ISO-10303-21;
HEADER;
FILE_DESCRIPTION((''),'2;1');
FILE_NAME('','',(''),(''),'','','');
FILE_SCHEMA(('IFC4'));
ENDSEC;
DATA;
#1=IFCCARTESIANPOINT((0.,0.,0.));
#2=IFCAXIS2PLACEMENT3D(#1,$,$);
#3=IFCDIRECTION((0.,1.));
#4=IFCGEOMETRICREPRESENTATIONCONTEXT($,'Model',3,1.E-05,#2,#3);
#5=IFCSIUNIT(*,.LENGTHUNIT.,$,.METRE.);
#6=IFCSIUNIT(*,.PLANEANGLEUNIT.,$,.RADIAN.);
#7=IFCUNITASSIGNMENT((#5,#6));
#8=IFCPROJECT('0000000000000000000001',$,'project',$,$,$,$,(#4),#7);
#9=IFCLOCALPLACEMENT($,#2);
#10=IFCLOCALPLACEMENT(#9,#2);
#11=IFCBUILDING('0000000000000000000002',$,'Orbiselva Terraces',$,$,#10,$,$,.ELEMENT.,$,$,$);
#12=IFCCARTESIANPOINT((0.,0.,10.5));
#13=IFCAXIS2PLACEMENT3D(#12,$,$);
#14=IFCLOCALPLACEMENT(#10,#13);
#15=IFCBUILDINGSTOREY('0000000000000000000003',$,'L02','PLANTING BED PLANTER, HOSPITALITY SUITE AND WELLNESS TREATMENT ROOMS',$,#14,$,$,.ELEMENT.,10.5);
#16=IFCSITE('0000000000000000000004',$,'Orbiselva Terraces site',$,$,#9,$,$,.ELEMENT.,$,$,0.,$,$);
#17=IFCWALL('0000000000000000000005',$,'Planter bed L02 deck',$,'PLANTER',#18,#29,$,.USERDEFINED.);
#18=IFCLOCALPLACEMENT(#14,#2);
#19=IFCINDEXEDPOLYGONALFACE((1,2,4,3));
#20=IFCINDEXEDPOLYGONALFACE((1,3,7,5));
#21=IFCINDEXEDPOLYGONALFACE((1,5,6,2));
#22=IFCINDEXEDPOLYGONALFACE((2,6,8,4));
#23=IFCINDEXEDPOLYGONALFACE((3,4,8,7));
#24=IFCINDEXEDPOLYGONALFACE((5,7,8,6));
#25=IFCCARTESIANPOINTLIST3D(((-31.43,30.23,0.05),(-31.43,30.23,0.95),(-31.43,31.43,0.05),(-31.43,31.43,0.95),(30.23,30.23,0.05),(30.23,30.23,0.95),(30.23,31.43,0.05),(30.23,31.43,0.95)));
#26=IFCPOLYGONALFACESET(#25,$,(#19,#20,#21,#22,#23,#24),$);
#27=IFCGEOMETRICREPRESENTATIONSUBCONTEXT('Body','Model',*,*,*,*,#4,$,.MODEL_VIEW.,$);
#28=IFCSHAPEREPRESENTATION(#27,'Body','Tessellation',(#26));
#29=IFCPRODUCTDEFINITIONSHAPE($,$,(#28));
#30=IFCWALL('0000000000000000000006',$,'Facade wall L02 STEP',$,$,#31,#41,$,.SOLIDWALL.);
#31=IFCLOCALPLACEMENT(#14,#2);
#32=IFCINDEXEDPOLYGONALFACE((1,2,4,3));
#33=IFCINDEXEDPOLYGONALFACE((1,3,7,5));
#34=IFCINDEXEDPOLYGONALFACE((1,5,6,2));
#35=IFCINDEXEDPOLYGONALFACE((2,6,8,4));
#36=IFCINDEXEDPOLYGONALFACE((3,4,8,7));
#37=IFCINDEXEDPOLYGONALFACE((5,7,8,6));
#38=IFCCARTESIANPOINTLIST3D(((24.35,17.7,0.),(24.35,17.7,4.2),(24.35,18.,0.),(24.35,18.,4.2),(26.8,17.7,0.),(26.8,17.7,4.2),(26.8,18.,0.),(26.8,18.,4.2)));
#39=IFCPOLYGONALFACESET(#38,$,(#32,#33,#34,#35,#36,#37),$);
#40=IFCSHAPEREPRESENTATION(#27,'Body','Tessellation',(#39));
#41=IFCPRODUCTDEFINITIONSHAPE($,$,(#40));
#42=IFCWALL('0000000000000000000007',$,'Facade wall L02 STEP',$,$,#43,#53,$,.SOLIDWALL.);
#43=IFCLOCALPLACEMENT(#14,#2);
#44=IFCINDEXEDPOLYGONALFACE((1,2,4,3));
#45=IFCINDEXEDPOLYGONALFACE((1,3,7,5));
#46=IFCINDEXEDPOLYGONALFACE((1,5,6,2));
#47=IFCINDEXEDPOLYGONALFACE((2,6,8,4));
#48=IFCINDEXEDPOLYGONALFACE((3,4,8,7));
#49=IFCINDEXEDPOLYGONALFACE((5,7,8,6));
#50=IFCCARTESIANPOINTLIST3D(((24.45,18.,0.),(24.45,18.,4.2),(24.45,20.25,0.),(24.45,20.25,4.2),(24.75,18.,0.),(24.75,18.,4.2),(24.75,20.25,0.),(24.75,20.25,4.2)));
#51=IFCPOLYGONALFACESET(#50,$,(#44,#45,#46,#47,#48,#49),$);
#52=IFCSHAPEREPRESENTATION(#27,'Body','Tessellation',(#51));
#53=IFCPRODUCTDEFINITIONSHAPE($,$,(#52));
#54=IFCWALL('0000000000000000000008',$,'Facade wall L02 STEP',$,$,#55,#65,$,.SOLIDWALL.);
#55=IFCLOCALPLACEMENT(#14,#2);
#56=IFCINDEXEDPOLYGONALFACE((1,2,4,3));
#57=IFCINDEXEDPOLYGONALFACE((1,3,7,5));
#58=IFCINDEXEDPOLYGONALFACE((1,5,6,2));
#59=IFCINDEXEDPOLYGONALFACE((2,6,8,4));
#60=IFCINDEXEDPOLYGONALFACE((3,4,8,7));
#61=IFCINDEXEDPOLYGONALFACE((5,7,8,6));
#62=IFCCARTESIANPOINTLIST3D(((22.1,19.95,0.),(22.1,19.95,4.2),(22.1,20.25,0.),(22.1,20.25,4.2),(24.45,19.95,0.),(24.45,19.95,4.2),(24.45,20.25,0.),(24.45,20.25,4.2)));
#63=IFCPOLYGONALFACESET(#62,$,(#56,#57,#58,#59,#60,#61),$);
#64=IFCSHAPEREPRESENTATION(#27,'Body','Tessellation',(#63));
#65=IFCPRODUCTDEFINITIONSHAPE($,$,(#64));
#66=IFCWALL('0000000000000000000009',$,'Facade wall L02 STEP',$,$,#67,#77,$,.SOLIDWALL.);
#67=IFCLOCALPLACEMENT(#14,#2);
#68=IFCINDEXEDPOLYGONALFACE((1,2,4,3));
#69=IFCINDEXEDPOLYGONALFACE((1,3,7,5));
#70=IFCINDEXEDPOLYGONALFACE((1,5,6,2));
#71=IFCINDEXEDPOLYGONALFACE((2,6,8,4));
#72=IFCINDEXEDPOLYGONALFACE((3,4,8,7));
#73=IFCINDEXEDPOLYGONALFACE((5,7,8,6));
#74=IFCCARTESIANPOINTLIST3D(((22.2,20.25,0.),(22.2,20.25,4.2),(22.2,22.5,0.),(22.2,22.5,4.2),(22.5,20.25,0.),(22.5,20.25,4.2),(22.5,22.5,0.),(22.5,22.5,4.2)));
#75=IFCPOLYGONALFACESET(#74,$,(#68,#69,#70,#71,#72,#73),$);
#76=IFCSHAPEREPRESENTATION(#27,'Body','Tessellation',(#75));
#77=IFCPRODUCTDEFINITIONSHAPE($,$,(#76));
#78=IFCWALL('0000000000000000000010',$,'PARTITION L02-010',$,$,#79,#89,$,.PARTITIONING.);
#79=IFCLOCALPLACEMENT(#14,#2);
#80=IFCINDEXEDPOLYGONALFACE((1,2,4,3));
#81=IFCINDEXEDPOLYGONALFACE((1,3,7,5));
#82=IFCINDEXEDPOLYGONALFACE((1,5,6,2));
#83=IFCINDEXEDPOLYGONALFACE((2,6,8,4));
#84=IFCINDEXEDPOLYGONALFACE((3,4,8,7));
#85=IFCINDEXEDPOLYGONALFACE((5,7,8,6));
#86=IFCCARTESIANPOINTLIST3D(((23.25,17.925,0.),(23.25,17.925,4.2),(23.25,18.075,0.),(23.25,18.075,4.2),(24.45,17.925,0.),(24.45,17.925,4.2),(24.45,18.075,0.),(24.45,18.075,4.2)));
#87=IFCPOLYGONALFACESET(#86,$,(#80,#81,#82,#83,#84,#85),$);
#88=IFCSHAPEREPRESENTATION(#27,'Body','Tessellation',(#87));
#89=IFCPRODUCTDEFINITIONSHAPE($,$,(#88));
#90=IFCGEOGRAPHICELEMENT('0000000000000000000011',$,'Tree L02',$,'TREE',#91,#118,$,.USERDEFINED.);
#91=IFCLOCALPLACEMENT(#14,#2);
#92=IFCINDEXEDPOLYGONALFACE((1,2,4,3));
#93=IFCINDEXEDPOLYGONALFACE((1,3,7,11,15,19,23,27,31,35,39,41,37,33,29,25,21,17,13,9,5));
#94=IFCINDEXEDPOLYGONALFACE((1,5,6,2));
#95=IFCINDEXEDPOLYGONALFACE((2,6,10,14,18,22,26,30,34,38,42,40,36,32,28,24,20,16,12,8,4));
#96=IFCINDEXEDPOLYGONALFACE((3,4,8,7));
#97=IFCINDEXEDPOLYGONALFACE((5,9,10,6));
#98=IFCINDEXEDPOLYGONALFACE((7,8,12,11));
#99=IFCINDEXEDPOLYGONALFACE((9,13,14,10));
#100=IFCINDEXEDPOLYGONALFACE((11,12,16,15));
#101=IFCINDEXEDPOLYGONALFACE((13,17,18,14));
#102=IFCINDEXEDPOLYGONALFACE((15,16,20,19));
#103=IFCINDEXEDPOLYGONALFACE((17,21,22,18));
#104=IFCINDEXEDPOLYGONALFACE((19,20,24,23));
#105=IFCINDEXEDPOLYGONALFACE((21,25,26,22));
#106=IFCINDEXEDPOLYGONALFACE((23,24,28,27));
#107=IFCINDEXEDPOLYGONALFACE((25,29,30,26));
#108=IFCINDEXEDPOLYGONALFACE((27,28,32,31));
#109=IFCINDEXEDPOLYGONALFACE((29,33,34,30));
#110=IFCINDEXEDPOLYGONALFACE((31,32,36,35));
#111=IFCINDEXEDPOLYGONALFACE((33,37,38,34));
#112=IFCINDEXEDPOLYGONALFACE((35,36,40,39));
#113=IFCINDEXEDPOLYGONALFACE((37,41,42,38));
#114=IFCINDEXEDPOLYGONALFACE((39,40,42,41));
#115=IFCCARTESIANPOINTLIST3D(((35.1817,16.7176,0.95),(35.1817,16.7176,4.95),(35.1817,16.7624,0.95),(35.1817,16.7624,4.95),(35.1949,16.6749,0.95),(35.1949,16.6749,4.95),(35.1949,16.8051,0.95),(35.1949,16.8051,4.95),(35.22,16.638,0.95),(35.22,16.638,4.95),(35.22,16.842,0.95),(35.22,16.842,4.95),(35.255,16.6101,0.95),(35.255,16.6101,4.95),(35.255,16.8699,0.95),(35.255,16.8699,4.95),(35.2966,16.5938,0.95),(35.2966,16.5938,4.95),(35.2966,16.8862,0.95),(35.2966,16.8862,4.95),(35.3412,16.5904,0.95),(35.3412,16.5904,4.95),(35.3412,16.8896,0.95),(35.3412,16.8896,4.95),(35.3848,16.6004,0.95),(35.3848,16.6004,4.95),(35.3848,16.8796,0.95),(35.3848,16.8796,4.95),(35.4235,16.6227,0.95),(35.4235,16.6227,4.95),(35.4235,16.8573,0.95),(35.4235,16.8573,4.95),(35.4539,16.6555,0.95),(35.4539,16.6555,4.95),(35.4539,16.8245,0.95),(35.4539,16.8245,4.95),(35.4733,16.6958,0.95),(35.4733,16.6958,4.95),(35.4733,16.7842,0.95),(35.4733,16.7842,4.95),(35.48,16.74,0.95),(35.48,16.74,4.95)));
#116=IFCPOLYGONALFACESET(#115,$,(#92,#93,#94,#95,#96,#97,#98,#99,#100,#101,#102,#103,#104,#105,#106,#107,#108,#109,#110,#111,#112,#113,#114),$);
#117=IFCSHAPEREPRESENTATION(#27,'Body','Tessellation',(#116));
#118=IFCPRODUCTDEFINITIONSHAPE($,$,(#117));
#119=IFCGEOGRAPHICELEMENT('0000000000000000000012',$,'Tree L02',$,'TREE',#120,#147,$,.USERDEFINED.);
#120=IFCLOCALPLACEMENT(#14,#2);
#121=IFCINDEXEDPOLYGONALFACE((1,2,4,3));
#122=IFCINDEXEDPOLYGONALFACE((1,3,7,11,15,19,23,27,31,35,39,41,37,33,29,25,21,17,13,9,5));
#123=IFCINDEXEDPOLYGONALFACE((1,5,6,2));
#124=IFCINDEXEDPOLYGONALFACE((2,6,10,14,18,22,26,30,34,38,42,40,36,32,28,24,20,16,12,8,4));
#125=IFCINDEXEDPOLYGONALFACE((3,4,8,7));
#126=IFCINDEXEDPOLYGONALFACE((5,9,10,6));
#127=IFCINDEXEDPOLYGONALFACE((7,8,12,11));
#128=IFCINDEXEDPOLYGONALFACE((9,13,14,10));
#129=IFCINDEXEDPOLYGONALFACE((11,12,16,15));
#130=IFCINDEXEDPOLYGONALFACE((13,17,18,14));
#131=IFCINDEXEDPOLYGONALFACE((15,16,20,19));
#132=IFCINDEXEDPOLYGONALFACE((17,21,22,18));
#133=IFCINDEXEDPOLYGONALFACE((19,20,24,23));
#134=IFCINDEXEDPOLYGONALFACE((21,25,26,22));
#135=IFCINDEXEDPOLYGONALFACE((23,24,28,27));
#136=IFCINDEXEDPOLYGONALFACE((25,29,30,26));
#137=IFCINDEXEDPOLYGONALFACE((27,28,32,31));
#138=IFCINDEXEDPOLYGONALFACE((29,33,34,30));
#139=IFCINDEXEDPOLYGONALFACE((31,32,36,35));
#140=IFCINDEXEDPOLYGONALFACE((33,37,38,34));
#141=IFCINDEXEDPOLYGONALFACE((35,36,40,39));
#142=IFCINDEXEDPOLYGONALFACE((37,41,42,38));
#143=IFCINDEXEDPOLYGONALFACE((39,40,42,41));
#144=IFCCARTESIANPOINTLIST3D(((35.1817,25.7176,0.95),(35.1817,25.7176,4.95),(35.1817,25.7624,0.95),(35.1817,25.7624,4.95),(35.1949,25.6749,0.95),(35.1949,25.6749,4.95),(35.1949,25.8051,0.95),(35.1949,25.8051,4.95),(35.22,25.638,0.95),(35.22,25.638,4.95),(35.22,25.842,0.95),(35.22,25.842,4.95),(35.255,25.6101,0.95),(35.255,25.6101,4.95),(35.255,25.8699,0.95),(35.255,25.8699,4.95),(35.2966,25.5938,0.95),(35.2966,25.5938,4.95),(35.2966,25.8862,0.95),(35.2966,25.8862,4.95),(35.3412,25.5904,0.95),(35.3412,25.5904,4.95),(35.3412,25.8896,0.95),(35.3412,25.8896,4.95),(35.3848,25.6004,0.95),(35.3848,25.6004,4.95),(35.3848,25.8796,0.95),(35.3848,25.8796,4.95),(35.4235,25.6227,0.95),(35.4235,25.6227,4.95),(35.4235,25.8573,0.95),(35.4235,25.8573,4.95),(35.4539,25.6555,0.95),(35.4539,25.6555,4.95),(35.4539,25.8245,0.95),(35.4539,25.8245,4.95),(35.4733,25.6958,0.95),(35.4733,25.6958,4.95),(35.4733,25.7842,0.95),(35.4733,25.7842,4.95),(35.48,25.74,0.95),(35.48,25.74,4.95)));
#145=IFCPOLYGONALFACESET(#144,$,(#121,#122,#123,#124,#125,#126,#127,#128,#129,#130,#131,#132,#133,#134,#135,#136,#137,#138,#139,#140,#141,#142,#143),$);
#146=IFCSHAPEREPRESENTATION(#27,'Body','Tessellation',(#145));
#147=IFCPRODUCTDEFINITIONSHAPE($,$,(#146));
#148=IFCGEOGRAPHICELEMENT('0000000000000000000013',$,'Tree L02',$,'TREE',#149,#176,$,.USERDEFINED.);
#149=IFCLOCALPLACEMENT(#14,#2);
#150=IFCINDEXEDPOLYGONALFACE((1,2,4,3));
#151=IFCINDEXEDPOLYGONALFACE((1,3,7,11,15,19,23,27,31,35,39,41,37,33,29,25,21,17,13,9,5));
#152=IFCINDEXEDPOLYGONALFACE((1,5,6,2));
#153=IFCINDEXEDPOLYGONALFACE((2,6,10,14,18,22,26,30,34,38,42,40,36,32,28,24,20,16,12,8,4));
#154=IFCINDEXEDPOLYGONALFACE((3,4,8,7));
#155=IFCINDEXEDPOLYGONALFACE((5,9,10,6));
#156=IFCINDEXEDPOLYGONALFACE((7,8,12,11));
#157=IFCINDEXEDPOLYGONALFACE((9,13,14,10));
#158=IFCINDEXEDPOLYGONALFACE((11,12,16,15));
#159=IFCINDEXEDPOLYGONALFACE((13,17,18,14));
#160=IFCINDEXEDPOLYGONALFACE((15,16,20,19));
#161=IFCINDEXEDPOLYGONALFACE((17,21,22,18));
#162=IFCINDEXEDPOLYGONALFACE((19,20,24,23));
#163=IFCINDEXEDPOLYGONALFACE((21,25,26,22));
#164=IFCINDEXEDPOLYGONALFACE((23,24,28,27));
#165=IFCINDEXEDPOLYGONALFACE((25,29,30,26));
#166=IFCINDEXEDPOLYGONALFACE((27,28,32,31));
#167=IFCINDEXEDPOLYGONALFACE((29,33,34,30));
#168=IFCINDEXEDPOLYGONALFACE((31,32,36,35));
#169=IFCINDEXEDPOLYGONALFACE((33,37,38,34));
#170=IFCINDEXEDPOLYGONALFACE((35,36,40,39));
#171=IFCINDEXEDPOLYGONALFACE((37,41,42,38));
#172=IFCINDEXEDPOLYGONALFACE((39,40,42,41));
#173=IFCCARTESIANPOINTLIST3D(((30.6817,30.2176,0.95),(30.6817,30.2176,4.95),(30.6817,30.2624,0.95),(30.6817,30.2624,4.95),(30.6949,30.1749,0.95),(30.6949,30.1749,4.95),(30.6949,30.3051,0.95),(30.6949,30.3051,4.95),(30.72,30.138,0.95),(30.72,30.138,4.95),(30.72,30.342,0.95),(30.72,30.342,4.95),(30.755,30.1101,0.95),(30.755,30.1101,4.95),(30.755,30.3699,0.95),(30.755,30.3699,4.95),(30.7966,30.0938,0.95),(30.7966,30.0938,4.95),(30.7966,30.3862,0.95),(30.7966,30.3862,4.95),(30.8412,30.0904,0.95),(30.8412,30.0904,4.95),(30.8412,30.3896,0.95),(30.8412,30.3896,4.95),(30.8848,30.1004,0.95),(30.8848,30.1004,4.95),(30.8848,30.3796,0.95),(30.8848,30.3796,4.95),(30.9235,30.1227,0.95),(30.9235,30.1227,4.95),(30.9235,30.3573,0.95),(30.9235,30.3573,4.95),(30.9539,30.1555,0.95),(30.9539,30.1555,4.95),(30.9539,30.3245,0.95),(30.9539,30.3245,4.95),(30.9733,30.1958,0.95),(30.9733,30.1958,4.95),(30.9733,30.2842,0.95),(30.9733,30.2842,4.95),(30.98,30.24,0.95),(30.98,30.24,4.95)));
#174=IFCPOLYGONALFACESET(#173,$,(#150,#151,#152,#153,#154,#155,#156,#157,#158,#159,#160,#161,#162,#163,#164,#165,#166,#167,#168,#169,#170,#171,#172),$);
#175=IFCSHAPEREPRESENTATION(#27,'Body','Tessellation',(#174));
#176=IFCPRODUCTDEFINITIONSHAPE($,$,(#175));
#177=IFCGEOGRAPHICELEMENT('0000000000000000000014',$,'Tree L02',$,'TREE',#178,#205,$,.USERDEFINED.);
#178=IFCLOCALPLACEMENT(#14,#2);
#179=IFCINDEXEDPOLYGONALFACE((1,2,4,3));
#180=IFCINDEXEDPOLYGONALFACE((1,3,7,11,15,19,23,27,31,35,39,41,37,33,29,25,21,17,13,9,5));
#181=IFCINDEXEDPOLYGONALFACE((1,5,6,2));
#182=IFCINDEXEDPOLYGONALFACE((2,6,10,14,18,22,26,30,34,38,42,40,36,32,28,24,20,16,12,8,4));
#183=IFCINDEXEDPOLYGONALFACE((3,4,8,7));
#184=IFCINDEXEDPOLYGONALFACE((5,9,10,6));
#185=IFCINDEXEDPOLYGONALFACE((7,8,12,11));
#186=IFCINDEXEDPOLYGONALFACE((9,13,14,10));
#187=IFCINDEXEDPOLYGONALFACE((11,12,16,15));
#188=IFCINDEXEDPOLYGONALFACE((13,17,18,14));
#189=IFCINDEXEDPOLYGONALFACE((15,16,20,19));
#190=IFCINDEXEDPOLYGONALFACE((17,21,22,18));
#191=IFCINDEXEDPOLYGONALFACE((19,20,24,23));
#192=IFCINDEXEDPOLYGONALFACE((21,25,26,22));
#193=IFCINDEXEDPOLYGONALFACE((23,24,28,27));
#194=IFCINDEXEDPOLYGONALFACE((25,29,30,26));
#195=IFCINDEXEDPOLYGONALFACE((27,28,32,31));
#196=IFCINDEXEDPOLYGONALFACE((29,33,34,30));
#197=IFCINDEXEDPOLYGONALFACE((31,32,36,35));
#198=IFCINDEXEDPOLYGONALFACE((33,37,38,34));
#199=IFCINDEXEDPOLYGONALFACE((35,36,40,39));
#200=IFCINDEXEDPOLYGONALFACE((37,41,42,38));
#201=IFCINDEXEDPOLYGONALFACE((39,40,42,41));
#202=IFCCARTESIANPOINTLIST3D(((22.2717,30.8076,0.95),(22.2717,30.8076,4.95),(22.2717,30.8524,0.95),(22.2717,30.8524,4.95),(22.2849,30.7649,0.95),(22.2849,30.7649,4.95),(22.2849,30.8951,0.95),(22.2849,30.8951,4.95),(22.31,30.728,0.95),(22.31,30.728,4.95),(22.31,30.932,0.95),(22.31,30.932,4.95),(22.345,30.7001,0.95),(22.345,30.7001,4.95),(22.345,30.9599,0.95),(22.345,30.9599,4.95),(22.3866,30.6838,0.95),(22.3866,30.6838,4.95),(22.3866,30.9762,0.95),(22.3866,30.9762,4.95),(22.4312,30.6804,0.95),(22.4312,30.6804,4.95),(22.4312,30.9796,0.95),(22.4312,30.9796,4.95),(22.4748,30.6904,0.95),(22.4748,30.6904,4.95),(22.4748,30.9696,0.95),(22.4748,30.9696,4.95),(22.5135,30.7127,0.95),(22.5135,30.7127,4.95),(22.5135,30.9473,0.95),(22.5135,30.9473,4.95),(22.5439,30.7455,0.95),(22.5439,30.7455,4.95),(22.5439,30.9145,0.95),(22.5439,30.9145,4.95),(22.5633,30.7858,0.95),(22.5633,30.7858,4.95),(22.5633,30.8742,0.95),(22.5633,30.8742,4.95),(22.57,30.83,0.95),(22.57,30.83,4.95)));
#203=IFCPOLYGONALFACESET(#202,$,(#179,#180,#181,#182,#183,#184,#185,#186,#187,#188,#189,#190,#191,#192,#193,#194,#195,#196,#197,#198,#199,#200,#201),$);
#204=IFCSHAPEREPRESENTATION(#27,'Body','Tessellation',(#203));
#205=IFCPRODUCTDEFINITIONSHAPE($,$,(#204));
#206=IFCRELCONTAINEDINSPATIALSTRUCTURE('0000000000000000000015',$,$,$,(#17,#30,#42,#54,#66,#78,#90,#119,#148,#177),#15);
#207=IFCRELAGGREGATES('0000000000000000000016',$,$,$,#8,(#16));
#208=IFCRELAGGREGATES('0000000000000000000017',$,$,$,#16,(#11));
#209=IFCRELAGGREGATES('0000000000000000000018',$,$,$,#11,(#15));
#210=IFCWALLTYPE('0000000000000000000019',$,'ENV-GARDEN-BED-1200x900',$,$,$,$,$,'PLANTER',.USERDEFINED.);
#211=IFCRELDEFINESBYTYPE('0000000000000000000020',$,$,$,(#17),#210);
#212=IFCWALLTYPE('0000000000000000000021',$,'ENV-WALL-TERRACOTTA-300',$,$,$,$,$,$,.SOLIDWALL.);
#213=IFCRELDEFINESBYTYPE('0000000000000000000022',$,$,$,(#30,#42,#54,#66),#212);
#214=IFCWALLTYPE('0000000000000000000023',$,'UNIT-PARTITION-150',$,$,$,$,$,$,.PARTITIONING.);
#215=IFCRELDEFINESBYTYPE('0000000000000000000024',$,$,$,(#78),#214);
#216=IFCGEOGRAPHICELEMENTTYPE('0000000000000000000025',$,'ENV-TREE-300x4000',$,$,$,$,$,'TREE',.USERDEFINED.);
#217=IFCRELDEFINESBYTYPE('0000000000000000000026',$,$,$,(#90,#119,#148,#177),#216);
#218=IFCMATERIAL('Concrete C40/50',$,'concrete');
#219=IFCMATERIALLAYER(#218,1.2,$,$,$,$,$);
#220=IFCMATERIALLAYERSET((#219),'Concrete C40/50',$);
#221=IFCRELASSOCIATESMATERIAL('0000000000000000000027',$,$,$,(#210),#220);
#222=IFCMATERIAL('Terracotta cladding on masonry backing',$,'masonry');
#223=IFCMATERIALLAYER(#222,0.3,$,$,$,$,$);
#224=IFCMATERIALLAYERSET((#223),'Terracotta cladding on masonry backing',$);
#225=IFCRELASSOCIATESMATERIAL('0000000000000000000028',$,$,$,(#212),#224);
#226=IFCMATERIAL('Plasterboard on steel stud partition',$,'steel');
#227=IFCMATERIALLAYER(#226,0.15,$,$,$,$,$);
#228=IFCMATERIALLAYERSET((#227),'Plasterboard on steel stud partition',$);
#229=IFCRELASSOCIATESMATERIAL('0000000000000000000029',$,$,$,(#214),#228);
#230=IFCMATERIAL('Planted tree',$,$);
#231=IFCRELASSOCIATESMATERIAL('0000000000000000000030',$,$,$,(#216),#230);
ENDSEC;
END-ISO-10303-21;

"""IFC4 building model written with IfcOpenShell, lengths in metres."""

from ifc_helpers import new_model, si_unit, direction, frame, frame_2d, origin, origin_2d, place, context, subcontext, project, spatial, rectangle, circle, extrude, material, layer, layer_set, type_object, element, save


model = new_model("IFC4")

# Units and contexts
model_context = context("Model", 3, precision=1e-05, world=origin(), true_north=direction((0.0, 1.0)))
body_context = subcontext(model_context, "Body", "Model", "MODEL_VIEW")
ifc_project = project(units=[si_unit("LENGTHUNIT", "METRE"), si_unit("PLANEANGLEUNIT", "RADIAN")], contexts=[model_context])

# Site, building, storey
site_placement = place(None, origin())
site = spatial("IfcSite", under=ifc_project, at=site_placement, Name="Orbiselva Terraces site", CompositionType="ELEMENT", RefElevation=0.0)
building_placement = place(site_placement, origin())
building = spatial("IfcBuilding", under=site, at=building_placement, Name="Orbiselva Terraces", CompositionType="ELEMENT")
storey_placement = place(building_placement, frame((0.0, 0.0, 10.5)))
storey = spatial("IfcBuildingStorey", under=building, at=storey_placement, Name="L02", Description="PLANTING BED PLANTER, HOSPITALITY SUITE AND WELLNESS TREATMENT ROOMS", CompositionType="ELEMENT", Elevation=10.5)

# Walls
ifc_material_1 = material(Name="Concrete C40/50", Category="concrete")
ifc_layer_1 = layer(ifc_material_1, 1.2)
ifc_layer_set_1 = layer_set([ifc_layer_1], Name="Concrete C40/50")
wall_type_1 = type_object("IfcWallType", Name="ENV-GARDEN-BED-1200x900", ElementType="PLANTER", PredefinedType="USERDEFINED", material=ifc_layer_set_1)
wall_1_placement = place(storey_placement, frame((30.23, 30.83, 0.05), z_axis=(0.0, 0.0, 1.0), x_axis=(-1.0, 0.0, 0.0)))
element("IfcWall", 1, at=wall_1_placement, inside=storey, type_object=wall_type_1, Name="Planter bed L02 deck", ObjectType="PLANTER", PredefinedType="USERDEFINED", context=body_context, shape_type="SweptSolid", body=[
    extrude(rectangle(XDim=61.66, YDim=1.2, at=frame_2d((30.83, 0.0))), origin(), (0.0, 0.0, 1.0), 0.9),
])
ifc_material_2 = material(Name="Terracotta cladding on masonry backing", Category="masonry")
ifc_layer_2 = layer(ifc_material_2, 0.3)
ifc_layer_set_2 = layer_set([ifc_layer_2], Name="Terracotta cladding on masonry backing")
wall_type_2 = type_object("IfcWallType", Name="ENV-WALL-TERRACOTTA-300", PredefinedType="SOLIDWALL", material=ifc_layer_set_2)
wall_2_placement = place(storey_placement, frame((24.35, 17.85, 0.0), z_axis=(0.0, 0.0, 1.0), x_axis=(1.0, 0.0, 0.0)))
element("IfcWall", 2, at=wall_2_placement, inside=storey, type_object=wall_type_2, Name="Facade wall L02 STEP", PredefinedType="SOLIDWALL", context=body_context, shape_type="SweptSolid", body=[
    extrude(rectangle(XDim=2.45, YDim=0.3, at=frame_2d((1.225, 0.0))), origin(), (0.0, 0.0, 1.0), 4.2),
])
wall_3_placement = place(storey_placement, frame((24.6, 20.25, 0.0), z_axis=(0.0, 0.0, 1.0), x_axis=(0.0, -1.0, 0.0)))
element("IfcWall", 3, at=wall_3_placement, inside=storey, type_object=wall_type_2, Name="Facade wall L02 STEP", PredefinedType="SOLIDWALL", context=body_context, shape_type="SweptSolid", body=[
    extrude(rectangle(XDim=2.25, YDim=0.3, at=frame_2d((1.125, 0.0))), origin(), (0.0, 0.0, 1.0), 4.2),
])
wall_4_placement = place(storey_placement, frame((22.1, 20.1, 0.0), z_axis=(0.0, 0.0, 1.0), x_axis=(1.0, 0.0, 0.0)))
element("IfcWall", 4, at=wall_4_placement, inside=storey, type_object=wall_type_2, Name="Facade wall L02 STEP", PredefinedType="SOLIDWALL", context=body_context, shape_type="SweptSolid", body=[
    extrude(rectangle(XDim=2.35, YDim=0.3, at=frame_2d((1.175, 0.0))), origin(), (0.0, 0.0, 1.0), 4.2),
])
wall_5_placement = place(storey_placement, frame((22.35, 22.5, 0.0), z_axis=(0.0, 0.0, 1.0), x_axis=(0.0, -1.0, 0.0)))
element("IfcWall", 5, at=wall_5_placement, inside=storey, type_object=wall_type_2, Name="Facade wall L02 STEP", PredefinedType="SOLIDWALL", context=body_context, shape_type="SweptSolid", body=[
    extrude(rectangle(XDim=2.25, YDim=0.3, at=frame_2d((1.125, 0.0))), origin(), (0.0, 0.0, 1.0), 4.2),
])
ifc_material_3 = material(Name="Plasterboard on steel stud partition", Category="steel")
ifc_layer_3 = layer(ifc_material_3, 0.15)
ifc_layer_set_3 = layer_set([ifc_layer_3], Name="Plasterboard on steel stud partition")
wall_type_3 = type_object("IfcWallType", Name="UNIT-PARTITION-150", PredefinedType="PARTITIONING", material=ifc_layer_set_3)
wall_6_placement = place(storey_placement, frame((23.25, 18.0, 0.0), z_axis=(0.0, 0.0, 1.0), x_axis=(1.0, 0.0, 0.0)))
element("IfcWall", 6, at=wall_6_placement, inside=storey, type_object=wall_type_3, Name="PARTITION L02-010", PredefinedType="PARTITIONING", context=body_context, shape_type="SweptSolid", body=[
    extrude(rectangle(XDim=1.2, YDim=0.15, at=frame_2d((0.6, 0.0))), origin(), (0.0, 0.0, 1.0), 4.2),
])

# Geographic elements
ifc_material_4 = material(Name="Planted tree")
geographic_element_type = type_object("IfcGeographicElementType", Name="ENV-TREE-300x4000", ElementType="TREE", PredefinedType="USERDEFINED", material=ifc_material_4)
for number, where, z_axis, x_axis, name in (
    (7, (35.33, 16.74, 4.95), (0.0, 0.0, -1.0), (1.0, 0.0, 0.0), "Tree L02"),
    (8, (35.33, 25.74, 4.95), (0.0, 0.0, -1.0), (1.0, 0.0, 0.0), "Tree L02"),
    (9, (30.83, 30.24, 4.95), (0.0, 0.0, -1.0), (1.0, 0.0, 0.0), "Tree L02"),
    (10, (22.42, 30.83, 4.95), (0.0, 0.0, -1.0), (1.0, 0.0, 0.0), "Tree L02"),
):
    element("IfcGeographicElement", number, at=place(storey_placement, frame(where, z_axis=z_axis, x_axis=x_axis)), inside=storey, type_object=geographic_element_type, Name=name, ObjectType="TREE", PredefinedType="USERDEFINED", context=body_context, shape_type="SweptSolid", body=[
        extrude(circle(Radius=0.15, at=origin_2d()), origin(), (0.0, 0.0, 1.0), 4.0),
    ])

save(model, "model.ifc")
